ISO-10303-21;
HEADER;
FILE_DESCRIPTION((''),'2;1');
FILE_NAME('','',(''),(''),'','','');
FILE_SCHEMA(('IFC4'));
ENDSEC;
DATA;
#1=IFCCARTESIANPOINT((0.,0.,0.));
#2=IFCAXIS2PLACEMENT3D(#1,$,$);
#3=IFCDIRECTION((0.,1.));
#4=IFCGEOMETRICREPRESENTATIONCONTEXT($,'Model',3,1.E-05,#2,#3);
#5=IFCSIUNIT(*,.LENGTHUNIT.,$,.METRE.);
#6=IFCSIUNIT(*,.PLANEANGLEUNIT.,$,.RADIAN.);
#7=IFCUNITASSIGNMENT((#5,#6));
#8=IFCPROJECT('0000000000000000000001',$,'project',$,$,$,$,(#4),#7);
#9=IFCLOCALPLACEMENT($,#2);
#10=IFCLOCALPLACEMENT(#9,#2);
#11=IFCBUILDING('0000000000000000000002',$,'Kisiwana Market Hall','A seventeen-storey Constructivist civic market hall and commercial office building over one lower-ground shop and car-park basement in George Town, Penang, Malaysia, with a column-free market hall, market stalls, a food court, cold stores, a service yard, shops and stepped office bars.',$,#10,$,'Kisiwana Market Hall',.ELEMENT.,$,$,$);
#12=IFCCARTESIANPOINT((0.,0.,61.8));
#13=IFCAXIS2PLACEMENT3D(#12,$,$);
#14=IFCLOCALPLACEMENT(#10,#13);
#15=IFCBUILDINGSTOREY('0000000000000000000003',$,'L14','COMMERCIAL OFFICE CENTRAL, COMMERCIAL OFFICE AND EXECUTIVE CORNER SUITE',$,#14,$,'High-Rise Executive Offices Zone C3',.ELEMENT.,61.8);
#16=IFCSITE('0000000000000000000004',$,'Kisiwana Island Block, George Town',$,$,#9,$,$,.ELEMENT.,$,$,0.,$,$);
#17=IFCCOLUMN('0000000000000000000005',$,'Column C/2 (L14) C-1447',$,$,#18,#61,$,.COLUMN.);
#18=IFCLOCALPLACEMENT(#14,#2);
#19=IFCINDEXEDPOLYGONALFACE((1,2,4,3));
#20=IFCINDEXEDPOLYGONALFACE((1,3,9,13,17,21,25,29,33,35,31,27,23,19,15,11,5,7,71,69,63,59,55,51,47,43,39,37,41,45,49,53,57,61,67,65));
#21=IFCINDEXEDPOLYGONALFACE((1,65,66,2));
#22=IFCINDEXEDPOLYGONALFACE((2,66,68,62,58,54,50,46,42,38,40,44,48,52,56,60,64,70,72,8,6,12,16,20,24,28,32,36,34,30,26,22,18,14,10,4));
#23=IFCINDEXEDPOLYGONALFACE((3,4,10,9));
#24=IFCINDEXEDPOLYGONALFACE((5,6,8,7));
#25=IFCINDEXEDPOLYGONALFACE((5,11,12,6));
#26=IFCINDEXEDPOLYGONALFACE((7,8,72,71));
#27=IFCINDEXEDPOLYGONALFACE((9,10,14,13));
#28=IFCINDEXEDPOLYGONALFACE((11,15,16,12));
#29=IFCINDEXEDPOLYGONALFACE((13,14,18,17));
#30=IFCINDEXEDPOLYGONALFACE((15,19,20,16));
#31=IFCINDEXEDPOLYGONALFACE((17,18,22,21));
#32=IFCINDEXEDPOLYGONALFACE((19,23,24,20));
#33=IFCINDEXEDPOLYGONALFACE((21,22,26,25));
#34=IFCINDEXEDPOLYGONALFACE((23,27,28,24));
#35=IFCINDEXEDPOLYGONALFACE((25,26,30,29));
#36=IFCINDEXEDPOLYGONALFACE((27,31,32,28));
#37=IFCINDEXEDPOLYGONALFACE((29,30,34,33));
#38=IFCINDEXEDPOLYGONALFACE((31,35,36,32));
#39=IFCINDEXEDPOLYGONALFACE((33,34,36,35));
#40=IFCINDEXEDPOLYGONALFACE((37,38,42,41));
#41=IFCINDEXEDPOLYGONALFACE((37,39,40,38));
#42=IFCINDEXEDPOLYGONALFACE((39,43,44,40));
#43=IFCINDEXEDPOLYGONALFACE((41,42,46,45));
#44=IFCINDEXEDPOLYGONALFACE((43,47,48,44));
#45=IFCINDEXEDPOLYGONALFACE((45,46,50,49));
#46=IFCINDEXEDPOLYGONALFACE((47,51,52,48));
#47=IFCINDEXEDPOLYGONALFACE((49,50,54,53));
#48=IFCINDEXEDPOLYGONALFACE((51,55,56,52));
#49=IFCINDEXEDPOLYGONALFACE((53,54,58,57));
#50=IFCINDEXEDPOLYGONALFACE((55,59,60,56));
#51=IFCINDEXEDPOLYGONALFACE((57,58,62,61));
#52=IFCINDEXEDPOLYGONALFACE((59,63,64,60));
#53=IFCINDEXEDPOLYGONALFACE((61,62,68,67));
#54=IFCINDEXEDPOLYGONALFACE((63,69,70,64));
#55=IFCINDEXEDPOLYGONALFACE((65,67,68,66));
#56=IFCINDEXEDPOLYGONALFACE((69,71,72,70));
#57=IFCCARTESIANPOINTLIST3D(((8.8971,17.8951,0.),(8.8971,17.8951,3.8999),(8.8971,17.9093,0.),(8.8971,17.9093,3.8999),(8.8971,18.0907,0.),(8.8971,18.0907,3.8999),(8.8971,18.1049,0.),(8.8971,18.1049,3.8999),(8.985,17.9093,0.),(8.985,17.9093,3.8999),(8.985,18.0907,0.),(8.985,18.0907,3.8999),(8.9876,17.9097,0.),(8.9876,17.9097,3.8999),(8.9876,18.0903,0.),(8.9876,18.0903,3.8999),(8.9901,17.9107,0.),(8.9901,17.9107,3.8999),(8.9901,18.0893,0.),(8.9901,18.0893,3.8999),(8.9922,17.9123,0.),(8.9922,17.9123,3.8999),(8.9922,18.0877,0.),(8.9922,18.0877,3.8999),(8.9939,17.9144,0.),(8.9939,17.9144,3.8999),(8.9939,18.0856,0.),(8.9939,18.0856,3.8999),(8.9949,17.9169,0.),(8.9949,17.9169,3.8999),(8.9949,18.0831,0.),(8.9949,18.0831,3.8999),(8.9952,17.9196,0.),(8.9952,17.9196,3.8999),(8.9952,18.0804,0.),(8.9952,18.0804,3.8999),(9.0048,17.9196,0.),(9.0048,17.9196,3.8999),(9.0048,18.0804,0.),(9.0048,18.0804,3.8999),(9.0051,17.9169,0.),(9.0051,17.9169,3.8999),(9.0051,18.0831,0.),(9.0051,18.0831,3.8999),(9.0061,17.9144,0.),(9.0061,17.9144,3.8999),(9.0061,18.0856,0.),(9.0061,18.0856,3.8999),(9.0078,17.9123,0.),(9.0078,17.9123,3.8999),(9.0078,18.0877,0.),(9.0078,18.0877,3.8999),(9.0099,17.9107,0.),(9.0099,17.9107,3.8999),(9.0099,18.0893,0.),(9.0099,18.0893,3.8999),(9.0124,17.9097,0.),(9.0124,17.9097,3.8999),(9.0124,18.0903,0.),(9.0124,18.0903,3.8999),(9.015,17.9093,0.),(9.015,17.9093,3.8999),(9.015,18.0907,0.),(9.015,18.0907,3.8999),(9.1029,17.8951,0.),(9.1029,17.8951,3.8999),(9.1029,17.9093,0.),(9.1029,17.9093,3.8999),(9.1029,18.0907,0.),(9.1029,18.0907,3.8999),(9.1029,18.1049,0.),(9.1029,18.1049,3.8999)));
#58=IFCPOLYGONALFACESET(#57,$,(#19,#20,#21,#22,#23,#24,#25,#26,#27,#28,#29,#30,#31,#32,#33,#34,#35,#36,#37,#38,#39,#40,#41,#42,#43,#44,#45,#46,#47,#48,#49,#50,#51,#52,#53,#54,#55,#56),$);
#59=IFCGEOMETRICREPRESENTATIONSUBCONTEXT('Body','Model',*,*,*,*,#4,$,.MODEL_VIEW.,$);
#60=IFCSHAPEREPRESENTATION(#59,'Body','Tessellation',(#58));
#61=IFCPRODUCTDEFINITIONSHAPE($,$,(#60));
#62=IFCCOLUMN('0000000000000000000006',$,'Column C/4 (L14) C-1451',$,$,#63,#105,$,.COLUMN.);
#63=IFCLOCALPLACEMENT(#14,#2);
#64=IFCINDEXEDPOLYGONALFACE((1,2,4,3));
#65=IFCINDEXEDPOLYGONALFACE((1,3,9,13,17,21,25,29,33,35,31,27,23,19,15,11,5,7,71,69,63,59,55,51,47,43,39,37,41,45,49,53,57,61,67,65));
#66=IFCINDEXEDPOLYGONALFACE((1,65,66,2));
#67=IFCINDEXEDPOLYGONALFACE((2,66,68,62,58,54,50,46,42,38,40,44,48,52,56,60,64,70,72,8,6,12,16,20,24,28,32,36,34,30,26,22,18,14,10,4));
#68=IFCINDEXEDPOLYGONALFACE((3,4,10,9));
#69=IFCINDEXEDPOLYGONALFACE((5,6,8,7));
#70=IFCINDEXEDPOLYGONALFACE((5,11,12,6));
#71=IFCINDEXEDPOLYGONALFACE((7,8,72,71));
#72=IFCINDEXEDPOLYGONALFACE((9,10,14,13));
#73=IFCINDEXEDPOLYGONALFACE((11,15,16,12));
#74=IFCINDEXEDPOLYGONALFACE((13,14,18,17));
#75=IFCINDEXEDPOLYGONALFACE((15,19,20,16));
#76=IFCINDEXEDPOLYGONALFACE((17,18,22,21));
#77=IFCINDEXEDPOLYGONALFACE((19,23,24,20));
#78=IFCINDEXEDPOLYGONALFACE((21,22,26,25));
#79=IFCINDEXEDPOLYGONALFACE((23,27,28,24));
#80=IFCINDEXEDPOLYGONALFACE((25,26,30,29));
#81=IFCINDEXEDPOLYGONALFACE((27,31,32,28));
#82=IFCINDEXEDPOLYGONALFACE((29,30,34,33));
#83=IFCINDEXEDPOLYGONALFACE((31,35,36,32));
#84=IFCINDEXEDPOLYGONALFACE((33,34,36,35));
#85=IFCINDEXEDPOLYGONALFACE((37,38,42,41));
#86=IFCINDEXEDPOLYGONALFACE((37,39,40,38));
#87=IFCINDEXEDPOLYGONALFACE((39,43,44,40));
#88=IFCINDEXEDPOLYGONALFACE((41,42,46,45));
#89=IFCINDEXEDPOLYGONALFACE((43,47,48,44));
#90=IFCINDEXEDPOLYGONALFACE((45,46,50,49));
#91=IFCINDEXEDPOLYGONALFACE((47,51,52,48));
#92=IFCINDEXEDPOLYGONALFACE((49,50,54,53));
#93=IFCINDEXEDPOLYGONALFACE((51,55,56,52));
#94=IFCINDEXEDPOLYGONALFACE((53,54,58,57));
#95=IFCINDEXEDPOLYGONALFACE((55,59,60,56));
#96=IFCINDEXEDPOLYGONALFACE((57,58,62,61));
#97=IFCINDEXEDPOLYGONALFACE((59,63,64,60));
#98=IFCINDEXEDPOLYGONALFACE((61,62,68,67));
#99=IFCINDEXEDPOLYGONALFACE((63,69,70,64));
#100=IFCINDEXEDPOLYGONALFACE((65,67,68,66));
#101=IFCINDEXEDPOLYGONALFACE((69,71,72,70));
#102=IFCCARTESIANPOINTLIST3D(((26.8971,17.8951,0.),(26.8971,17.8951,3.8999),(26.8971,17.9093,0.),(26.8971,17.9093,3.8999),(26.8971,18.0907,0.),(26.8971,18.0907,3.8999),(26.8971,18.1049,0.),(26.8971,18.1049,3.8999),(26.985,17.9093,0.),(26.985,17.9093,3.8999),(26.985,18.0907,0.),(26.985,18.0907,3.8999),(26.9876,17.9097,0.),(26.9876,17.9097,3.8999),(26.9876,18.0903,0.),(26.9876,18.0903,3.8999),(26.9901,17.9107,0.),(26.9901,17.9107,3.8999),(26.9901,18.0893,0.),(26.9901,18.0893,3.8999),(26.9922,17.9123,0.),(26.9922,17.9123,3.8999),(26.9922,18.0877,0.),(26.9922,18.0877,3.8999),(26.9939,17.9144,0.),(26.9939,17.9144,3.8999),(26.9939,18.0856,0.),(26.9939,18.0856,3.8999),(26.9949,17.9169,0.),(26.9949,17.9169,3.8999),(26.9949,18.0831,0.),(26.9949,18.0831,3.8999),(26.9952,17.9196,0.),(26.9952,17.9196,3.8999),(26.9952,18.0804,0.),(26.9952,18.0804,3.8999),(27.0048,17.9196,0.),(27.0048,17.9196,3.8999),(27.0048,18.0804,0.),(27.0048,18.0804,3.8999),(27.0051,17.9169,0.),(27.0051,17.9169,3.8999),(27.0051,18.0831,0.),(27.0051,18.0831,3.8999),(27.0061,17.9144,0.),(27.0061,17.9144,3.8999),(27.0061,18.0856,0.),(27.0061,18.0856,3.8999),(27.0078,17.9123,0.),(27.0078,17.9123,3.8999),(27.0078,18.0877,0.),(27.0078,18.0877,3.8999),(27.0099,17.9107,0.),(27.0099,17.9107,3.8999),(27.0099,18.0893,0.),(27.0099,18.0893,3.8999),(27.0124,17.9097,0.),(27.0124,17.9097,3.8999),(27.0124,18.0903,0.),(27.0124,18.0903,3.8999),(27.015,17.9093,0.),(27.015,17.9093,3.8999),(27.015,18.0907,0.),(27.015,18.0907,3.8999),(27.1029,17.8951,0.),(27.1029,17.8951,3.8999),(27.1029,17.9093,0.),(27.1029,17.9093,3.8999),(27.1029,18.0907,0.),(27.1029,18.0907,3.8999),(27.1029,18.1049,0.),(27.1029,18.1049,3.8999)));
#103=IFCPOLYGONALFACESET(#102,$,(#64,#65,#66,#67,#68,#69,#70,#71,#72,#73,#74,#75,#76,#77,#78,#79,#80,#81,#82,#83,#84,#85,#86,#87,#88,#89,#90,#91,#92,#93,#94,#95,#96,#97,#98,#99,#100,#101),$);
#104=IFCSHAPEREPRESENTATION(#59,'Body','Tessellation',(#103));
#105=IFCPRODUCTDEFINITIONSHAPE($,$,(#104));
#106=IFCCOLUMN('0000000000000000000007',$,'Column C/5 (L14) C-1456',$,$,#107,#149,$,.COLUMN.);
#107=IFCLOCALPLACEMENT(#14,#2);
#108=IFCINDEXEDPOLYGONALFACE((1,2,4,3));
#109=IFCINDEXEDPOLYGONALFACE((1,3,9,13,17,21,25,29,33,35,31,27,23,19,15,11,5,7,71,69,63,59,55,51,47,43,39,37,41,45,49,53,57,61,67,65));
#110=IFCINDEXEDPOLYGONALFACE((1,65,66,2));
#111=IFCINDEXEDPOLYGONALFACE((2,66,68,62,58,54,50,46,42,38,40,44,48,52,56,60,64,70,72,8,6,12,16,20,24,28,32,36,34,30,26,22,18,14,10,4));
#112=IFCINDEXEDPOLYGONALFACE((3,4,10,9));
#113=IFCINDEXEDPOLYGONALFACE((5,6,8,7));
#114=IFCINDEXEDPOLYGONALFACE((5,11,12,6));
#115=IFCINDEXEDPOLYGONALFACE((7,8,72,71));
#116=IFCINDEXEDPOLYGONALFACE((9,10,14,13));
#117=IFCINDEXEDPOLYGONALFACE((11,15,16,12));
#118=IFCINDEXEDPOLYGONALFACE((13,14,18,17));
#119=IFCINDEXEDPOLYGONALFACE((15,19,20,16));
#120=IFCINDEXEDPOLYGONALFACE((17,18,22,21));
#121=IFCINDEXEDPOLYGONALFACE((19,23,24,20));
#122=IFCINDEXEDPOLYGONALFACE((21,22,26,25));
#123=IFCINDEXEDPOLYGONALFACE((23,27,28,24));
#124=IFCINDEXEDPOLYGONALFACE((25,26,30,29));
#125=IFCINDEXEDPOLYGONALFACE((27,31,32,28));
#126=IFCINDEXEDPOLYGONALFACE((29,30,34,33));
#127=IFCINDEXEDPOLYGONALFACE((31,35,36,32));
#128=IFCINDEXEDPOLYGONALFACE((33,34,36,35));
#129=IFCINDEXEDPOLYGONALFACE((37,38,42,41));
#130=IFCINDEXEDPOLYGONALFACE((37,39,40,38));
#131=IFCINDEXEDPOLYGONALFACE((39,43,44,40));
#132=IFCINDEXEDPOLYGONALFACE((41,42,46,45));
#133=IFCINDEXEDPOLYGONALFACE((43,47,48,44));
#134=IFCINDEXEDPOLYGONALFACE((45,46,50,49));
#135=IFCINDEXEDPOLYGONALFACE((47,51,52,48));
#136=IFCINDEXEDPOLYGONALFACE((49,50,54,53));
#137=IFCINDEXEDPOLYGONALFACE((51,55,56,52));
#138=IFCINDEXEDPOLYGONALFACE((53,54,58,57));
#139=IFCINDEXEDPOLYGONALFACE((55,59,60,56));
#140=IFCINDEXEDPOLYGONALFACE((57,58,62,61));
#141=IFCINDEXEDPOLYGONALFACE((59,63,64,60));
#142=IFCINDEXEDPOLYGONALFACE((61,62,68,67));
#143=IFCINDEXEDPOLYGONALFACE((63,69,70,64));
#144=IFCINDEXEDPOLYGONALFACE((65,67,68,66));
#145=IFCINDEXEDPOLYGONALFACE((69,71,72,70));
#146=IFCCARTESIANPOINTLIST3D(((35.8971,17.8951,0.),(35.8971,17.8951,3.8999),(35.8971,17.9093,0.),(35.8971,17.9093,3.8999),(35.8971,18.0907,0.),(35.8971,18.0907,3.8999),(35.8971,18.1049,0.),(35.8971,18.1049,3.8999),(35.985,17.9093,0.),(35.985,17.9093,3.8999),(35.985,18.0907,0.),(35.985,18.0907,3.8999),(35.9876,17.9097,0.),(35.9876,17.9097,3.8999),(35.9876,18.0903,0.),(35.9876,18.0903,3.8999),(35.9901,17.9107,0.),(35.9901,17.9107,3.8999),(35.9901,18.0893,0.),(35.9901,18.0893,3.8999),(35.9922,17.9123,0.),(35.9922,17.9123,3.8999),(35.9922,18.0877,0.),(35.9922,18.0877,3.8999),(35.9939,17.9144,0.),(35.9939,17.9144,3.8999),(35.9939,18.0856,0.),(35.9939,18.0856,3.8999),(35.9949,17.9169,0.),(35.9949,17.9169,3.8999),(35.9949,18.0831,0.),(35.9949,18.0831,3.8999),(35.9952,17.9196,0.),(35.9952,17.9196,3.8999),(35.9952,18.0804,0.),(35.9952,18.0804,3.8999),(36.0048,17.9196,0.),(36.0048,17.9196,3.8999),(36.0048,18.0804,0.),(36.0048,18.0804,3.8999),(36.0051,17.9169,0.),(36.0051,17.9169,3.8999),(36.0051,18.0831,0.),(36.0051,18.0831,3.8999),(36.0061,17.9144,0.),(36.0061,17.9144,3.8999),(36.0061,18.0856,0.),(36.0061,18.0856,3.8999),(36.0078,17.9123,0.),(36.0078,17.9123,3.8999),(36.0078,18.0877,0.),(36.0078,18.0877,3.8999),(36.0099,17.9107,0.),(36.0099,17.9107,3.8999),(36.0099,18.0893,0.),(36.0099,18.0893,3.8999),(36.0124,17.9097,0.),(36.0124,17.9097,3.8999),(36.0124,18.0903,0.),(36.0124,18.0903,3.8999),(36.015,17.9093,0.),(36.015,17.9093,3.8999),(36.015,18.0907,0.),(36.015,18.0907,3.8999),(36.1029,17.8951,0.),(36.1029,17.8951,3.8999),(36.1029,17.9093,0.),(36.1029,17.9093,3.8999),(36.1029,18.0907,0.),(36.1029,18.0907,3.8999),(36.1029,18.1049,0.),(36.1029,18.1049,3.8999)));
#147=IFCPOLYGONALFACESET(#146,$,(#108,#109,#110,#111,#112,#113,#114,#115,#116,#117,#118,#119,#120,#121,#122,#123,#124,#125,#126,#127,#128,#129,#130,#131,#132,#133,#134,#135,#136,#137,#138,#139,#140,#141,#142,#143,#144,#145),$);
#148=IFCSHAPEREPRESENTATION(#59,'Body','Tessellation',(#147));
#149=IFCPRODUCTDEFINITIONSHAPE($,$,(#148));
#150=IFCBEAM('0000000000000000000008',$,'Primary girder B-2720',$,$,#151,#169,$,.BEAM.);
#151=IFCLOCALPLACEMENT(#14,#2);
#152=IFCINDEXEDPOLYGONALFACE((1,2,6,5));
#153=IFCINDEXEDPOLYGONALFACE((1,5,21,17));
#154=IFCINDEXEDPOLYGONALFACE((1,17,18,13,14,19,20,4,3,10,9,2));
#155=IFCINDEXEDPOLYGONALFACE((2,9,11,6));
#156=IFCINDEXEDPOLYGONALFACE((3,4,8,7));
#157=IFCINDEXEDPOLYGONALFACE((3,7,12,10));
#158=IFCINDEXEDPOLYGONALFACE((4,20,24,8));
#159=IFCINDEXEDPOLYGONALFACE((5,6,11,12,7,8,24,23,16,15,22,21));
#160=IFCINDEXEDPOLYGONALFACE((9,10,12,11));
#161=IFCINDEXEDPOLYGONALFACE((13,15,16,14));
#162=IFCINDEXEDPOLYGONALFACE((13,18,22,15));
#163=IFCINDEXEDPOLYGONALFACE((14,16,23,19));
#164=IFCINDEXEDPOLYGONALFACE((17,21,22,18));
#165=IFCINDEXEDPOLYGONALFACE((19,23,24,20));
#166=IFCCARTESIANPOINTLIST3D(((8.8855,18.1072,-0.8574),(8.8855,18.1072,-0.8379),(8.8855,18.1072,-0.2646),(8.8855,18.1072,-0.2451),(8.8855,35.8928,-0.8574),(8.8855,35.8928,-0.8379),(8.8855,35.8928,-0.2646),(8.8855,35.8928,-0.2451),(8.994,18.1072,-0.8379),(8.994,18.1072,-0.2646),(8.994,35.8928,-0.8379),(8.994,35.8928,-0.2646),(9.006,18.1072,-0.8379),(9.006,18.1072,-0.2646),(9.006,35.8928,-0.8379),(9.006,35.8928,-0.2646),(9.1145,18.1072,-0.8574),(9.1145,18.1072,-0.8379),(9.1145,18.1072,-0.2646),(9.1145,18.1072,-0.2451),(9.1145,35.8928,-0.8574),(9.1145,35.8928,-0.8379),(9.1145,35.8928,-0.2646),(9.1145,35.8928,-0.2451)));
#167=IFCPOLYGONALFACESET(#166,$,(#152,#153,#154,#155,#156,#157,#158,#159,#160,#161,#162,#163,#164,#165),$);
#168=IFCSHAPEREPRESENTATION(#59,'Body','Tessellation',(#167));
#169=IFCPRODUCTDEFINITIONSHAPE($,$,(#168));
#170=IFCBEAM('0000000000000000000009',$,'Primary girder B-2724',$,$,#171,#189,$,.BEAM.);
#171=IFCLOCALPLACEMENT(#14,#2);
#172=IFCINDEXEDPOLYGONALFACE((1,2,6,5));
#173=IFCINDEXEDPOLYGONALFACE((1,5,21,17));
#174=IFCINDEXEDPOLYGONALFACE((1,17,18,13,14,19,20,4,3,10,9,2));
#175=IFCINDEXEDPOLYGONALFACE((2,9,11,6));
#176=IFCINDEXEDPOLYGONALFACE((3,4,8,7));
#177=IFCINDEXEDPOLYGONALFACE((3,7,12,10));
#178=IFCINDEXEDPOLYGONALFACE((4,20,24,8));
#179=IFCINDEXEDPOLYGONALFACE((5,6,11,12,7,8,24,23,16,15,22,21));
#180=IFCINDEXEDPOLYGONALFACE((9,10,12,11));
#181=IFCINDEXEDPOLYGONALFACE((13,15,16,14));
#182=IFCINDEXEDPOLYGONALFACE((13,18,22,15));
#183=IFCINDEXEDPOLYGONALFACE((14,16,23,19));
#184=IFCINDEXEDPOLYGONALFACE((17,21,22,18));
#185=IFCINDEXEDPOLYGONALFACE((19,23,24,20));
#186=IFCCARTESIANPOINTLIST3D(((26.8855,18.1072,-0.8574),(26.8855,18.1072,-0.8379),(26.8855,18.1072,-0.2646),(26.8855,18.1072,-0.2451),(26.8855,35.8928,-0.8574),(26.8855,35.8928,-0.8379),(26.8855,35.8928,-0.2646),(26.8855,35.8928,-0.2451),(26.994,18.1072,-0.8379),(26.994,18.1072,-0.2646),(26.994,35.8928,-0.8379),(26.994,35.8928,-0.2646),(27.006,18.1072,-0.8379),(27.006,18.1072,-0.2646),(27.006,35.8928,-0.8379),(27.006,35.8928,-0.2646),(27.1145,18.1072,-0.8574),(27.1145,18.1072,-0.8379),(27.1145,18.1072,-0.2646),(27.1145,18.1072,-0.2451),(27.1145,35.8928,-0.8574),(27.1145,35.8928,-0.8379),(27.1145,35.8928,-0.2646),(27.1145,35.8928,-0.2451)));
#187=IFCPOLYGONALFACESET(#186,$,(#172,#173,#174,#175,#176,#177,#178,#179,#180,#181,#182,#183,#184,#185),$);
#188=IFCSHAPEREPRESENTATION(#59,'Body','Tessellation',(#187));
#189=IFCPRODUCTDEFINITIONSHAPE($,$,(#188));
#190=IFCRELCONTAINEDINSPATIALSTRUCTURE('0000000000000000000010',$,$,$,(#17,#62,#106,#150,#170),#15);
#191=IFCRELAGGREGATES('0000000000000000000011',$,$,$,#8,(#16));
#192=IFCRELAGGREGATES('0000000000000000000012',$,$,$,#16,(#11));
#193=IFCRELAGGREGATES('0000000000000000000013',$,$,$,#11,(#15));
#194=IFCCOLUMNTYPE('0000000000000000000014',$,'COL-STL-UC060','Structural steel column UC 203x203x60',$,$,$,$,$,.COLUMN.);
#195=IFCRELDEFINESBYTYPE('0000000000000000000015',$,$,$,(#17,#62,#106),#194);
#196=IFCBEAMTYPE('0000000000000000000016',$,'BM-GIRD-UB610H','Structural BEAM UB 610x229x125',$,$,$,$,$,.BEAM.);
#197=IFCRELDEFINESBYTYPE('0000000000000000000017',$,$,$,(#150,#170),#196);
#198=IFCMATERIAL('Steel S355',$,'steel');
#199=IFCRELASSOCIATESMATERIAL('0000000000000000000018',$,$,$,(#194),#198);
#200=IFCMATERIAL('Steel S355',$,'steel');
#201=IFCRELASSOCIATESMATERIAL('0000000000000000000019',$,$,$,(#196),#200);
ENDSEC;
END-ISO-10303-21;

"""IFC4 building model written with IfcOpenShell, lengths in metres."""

from ifc_helpers import new_model, si_unit, direction, frame, origin, origin_2d, place, context, subcontext, project, spatial, i_section, extrude, material, material_profile, profile_set, type_object, element, save


model = new_model("IFC4")

# Units and contexts
model_context = context("Model", 3, precision=1e-05, world=origin(), true_north=direction((0.0, 1.0)))
body_context = subcontext(model_context, "Body", "Model", "MODEL_VIEW")
ifc_project = project(units=[si_unit("LENGTHUNIT", "METRE"), si_unit("PLANEANGLEUNIT", "RADIAN")], contexts=[model_context])

# Site, building, storey
site_placement = place(None, origin())
site = spatial("IfcSite", under=ifc_project, at=site_placement, Name="Kisiwana Island Block, George Town", CompositionType="ELEMENT", RefElevation=0.0)
building_placement = place(site_placement, origin())
building = spatial("IfcBuilding", under=site, at=building_placement, Name="Kisiwana Market Hall", Description="A seventeen-storey Constructivist civic market hall and commercial office building over one lower-ground shop and car-park basement in George Town, Penang, Malaysia, with a column-free market hall, market stalls, a food court, cold stores, a service yard, shops and stepped office bars.", LongName="Kisiwana Market Hall", CompositionType="ELEMENT")
storey_placement = place(building_placement, frame((0.0, 0.0, 61.8)))
storey = spatial("IfcBuildingStorey", under=building, at=storey_placement, Name="L14", Description="COMMERCIAL OFFICE CENTRAL, COMMERCIAL OFFICE AND EXECUTIVE CORNER SUITE", LongName="High-Rise Executive Offices Zone C3", CompositionType="ELEMENT", Elevation=61.8)

# Columns
ifc_material_1 = material(Name="Steel S355", Category="steel")
ifc_material_profile_1 = material_profile(ifc_material_1, i_section(OverallWidth=0.2058, OverallDepth=0.2097, WebThickness=0.0095, FlangeThickness=0.0142, FilletRadius=0.0103, at=origin_2d()), Name="UC 203x203x60")
ifc_profile_set_1 = profile_set([ifc_material_profile_1], Name="Steel S355")
column_type = type_object("IfcColumnType", Name="COL-STL-UC060", Description="Structural steel column UC 203x203x60", PredefinedType="COLUMN", material=ifc_profile_set_1)
for number, where, z_axis, x_axis, name in (
    (1, (9.0, 18.0, 0.0), (0.0, 0.0, 1.0), (1.0, 0.0, 0.0), "Column C/2 (L14) C-1447"),
    (2, (27.0, 18.0, 0.0), (0.0, 0.0, 1.0), (1.0, 0.0, 0.0), "Column C/4 (L14) C-1451"),
    (3, (36.0, 18.0, 0.0), (0.0, 0.0, 1.0), (1.0, 0.0, 0.0), "Column C/5 (L14) C-1456"),
):
    element("IfcColumn", number, at=place(storey_placement, frame(where, z_axis=z_axis, x_axis=x_axis)), inside=storey, type_object=column_type, Name=name, PredefinedType="COLUMN", context=body_context, shape_type="SweptSolid", body=[
        extrude(i_section(OverallWidth=0.2058, OverallDepth=0.2097, WebThickness=0.0095, FlangeThickness=0.0142, FilletRadius=0.0103, at=origin_2d()), origin(), (0.0, 0.0, 1.0), 3.8999),
    ])

# Beams
ifc_material_2 = material(Name="Steel S355", Category="steel")
ifc_material_profile_2 = material_profile(ifc_material_2, i_section(OverallWidth=0.229, OverallDepth=0.6123, WebThickness=0.012, FlangeThickness=0.0195, at=origin_2d()), Name="UB 610x229x125")
ifc_profile_set_2 = profile_set([ifc_material_profile_2], Name="Steel S355")
beam_type_1 = type_object("IfcBeamType", Name="BM-GIRD-UB610H", Description="Structural BEAM UB 610x229x125", PredefinedType="BEAM", material=ifc_profile_set_2)
for number, where, z_axis, x_axis, name in (
    (4, (9.0, 18.1072, -0.5513), (0.0, 1.0, 0.0), (-1.0, 0.0, 0.0), "Primary girder B-2720"),
    (5, (27.0, 18.1072, -0.5513), (0.0, 1.0, 0.0), (-1.0, 0.0, 0.0), "Primary girder B-2724"),
):
    element("IfcBeam", number, at=place(storey_placement, frame(where, z_axis=z_axis, x_axis=x_axis)), inside=storey, type_object=beam_type_1, Name=name, PredefinedType="BEAM", context=body_context, shape_type="SweptSolid", body=[
        extrude(i_section(OverallWidth=0.229, OverallDepth=0.6123, WebThickness=0.012, FlangeThickness=0.0195, at=origin_2d()), origin(), (0.0, 0.0, 1.0), 17.7856),
    ])

save(model, "model.ifc")
